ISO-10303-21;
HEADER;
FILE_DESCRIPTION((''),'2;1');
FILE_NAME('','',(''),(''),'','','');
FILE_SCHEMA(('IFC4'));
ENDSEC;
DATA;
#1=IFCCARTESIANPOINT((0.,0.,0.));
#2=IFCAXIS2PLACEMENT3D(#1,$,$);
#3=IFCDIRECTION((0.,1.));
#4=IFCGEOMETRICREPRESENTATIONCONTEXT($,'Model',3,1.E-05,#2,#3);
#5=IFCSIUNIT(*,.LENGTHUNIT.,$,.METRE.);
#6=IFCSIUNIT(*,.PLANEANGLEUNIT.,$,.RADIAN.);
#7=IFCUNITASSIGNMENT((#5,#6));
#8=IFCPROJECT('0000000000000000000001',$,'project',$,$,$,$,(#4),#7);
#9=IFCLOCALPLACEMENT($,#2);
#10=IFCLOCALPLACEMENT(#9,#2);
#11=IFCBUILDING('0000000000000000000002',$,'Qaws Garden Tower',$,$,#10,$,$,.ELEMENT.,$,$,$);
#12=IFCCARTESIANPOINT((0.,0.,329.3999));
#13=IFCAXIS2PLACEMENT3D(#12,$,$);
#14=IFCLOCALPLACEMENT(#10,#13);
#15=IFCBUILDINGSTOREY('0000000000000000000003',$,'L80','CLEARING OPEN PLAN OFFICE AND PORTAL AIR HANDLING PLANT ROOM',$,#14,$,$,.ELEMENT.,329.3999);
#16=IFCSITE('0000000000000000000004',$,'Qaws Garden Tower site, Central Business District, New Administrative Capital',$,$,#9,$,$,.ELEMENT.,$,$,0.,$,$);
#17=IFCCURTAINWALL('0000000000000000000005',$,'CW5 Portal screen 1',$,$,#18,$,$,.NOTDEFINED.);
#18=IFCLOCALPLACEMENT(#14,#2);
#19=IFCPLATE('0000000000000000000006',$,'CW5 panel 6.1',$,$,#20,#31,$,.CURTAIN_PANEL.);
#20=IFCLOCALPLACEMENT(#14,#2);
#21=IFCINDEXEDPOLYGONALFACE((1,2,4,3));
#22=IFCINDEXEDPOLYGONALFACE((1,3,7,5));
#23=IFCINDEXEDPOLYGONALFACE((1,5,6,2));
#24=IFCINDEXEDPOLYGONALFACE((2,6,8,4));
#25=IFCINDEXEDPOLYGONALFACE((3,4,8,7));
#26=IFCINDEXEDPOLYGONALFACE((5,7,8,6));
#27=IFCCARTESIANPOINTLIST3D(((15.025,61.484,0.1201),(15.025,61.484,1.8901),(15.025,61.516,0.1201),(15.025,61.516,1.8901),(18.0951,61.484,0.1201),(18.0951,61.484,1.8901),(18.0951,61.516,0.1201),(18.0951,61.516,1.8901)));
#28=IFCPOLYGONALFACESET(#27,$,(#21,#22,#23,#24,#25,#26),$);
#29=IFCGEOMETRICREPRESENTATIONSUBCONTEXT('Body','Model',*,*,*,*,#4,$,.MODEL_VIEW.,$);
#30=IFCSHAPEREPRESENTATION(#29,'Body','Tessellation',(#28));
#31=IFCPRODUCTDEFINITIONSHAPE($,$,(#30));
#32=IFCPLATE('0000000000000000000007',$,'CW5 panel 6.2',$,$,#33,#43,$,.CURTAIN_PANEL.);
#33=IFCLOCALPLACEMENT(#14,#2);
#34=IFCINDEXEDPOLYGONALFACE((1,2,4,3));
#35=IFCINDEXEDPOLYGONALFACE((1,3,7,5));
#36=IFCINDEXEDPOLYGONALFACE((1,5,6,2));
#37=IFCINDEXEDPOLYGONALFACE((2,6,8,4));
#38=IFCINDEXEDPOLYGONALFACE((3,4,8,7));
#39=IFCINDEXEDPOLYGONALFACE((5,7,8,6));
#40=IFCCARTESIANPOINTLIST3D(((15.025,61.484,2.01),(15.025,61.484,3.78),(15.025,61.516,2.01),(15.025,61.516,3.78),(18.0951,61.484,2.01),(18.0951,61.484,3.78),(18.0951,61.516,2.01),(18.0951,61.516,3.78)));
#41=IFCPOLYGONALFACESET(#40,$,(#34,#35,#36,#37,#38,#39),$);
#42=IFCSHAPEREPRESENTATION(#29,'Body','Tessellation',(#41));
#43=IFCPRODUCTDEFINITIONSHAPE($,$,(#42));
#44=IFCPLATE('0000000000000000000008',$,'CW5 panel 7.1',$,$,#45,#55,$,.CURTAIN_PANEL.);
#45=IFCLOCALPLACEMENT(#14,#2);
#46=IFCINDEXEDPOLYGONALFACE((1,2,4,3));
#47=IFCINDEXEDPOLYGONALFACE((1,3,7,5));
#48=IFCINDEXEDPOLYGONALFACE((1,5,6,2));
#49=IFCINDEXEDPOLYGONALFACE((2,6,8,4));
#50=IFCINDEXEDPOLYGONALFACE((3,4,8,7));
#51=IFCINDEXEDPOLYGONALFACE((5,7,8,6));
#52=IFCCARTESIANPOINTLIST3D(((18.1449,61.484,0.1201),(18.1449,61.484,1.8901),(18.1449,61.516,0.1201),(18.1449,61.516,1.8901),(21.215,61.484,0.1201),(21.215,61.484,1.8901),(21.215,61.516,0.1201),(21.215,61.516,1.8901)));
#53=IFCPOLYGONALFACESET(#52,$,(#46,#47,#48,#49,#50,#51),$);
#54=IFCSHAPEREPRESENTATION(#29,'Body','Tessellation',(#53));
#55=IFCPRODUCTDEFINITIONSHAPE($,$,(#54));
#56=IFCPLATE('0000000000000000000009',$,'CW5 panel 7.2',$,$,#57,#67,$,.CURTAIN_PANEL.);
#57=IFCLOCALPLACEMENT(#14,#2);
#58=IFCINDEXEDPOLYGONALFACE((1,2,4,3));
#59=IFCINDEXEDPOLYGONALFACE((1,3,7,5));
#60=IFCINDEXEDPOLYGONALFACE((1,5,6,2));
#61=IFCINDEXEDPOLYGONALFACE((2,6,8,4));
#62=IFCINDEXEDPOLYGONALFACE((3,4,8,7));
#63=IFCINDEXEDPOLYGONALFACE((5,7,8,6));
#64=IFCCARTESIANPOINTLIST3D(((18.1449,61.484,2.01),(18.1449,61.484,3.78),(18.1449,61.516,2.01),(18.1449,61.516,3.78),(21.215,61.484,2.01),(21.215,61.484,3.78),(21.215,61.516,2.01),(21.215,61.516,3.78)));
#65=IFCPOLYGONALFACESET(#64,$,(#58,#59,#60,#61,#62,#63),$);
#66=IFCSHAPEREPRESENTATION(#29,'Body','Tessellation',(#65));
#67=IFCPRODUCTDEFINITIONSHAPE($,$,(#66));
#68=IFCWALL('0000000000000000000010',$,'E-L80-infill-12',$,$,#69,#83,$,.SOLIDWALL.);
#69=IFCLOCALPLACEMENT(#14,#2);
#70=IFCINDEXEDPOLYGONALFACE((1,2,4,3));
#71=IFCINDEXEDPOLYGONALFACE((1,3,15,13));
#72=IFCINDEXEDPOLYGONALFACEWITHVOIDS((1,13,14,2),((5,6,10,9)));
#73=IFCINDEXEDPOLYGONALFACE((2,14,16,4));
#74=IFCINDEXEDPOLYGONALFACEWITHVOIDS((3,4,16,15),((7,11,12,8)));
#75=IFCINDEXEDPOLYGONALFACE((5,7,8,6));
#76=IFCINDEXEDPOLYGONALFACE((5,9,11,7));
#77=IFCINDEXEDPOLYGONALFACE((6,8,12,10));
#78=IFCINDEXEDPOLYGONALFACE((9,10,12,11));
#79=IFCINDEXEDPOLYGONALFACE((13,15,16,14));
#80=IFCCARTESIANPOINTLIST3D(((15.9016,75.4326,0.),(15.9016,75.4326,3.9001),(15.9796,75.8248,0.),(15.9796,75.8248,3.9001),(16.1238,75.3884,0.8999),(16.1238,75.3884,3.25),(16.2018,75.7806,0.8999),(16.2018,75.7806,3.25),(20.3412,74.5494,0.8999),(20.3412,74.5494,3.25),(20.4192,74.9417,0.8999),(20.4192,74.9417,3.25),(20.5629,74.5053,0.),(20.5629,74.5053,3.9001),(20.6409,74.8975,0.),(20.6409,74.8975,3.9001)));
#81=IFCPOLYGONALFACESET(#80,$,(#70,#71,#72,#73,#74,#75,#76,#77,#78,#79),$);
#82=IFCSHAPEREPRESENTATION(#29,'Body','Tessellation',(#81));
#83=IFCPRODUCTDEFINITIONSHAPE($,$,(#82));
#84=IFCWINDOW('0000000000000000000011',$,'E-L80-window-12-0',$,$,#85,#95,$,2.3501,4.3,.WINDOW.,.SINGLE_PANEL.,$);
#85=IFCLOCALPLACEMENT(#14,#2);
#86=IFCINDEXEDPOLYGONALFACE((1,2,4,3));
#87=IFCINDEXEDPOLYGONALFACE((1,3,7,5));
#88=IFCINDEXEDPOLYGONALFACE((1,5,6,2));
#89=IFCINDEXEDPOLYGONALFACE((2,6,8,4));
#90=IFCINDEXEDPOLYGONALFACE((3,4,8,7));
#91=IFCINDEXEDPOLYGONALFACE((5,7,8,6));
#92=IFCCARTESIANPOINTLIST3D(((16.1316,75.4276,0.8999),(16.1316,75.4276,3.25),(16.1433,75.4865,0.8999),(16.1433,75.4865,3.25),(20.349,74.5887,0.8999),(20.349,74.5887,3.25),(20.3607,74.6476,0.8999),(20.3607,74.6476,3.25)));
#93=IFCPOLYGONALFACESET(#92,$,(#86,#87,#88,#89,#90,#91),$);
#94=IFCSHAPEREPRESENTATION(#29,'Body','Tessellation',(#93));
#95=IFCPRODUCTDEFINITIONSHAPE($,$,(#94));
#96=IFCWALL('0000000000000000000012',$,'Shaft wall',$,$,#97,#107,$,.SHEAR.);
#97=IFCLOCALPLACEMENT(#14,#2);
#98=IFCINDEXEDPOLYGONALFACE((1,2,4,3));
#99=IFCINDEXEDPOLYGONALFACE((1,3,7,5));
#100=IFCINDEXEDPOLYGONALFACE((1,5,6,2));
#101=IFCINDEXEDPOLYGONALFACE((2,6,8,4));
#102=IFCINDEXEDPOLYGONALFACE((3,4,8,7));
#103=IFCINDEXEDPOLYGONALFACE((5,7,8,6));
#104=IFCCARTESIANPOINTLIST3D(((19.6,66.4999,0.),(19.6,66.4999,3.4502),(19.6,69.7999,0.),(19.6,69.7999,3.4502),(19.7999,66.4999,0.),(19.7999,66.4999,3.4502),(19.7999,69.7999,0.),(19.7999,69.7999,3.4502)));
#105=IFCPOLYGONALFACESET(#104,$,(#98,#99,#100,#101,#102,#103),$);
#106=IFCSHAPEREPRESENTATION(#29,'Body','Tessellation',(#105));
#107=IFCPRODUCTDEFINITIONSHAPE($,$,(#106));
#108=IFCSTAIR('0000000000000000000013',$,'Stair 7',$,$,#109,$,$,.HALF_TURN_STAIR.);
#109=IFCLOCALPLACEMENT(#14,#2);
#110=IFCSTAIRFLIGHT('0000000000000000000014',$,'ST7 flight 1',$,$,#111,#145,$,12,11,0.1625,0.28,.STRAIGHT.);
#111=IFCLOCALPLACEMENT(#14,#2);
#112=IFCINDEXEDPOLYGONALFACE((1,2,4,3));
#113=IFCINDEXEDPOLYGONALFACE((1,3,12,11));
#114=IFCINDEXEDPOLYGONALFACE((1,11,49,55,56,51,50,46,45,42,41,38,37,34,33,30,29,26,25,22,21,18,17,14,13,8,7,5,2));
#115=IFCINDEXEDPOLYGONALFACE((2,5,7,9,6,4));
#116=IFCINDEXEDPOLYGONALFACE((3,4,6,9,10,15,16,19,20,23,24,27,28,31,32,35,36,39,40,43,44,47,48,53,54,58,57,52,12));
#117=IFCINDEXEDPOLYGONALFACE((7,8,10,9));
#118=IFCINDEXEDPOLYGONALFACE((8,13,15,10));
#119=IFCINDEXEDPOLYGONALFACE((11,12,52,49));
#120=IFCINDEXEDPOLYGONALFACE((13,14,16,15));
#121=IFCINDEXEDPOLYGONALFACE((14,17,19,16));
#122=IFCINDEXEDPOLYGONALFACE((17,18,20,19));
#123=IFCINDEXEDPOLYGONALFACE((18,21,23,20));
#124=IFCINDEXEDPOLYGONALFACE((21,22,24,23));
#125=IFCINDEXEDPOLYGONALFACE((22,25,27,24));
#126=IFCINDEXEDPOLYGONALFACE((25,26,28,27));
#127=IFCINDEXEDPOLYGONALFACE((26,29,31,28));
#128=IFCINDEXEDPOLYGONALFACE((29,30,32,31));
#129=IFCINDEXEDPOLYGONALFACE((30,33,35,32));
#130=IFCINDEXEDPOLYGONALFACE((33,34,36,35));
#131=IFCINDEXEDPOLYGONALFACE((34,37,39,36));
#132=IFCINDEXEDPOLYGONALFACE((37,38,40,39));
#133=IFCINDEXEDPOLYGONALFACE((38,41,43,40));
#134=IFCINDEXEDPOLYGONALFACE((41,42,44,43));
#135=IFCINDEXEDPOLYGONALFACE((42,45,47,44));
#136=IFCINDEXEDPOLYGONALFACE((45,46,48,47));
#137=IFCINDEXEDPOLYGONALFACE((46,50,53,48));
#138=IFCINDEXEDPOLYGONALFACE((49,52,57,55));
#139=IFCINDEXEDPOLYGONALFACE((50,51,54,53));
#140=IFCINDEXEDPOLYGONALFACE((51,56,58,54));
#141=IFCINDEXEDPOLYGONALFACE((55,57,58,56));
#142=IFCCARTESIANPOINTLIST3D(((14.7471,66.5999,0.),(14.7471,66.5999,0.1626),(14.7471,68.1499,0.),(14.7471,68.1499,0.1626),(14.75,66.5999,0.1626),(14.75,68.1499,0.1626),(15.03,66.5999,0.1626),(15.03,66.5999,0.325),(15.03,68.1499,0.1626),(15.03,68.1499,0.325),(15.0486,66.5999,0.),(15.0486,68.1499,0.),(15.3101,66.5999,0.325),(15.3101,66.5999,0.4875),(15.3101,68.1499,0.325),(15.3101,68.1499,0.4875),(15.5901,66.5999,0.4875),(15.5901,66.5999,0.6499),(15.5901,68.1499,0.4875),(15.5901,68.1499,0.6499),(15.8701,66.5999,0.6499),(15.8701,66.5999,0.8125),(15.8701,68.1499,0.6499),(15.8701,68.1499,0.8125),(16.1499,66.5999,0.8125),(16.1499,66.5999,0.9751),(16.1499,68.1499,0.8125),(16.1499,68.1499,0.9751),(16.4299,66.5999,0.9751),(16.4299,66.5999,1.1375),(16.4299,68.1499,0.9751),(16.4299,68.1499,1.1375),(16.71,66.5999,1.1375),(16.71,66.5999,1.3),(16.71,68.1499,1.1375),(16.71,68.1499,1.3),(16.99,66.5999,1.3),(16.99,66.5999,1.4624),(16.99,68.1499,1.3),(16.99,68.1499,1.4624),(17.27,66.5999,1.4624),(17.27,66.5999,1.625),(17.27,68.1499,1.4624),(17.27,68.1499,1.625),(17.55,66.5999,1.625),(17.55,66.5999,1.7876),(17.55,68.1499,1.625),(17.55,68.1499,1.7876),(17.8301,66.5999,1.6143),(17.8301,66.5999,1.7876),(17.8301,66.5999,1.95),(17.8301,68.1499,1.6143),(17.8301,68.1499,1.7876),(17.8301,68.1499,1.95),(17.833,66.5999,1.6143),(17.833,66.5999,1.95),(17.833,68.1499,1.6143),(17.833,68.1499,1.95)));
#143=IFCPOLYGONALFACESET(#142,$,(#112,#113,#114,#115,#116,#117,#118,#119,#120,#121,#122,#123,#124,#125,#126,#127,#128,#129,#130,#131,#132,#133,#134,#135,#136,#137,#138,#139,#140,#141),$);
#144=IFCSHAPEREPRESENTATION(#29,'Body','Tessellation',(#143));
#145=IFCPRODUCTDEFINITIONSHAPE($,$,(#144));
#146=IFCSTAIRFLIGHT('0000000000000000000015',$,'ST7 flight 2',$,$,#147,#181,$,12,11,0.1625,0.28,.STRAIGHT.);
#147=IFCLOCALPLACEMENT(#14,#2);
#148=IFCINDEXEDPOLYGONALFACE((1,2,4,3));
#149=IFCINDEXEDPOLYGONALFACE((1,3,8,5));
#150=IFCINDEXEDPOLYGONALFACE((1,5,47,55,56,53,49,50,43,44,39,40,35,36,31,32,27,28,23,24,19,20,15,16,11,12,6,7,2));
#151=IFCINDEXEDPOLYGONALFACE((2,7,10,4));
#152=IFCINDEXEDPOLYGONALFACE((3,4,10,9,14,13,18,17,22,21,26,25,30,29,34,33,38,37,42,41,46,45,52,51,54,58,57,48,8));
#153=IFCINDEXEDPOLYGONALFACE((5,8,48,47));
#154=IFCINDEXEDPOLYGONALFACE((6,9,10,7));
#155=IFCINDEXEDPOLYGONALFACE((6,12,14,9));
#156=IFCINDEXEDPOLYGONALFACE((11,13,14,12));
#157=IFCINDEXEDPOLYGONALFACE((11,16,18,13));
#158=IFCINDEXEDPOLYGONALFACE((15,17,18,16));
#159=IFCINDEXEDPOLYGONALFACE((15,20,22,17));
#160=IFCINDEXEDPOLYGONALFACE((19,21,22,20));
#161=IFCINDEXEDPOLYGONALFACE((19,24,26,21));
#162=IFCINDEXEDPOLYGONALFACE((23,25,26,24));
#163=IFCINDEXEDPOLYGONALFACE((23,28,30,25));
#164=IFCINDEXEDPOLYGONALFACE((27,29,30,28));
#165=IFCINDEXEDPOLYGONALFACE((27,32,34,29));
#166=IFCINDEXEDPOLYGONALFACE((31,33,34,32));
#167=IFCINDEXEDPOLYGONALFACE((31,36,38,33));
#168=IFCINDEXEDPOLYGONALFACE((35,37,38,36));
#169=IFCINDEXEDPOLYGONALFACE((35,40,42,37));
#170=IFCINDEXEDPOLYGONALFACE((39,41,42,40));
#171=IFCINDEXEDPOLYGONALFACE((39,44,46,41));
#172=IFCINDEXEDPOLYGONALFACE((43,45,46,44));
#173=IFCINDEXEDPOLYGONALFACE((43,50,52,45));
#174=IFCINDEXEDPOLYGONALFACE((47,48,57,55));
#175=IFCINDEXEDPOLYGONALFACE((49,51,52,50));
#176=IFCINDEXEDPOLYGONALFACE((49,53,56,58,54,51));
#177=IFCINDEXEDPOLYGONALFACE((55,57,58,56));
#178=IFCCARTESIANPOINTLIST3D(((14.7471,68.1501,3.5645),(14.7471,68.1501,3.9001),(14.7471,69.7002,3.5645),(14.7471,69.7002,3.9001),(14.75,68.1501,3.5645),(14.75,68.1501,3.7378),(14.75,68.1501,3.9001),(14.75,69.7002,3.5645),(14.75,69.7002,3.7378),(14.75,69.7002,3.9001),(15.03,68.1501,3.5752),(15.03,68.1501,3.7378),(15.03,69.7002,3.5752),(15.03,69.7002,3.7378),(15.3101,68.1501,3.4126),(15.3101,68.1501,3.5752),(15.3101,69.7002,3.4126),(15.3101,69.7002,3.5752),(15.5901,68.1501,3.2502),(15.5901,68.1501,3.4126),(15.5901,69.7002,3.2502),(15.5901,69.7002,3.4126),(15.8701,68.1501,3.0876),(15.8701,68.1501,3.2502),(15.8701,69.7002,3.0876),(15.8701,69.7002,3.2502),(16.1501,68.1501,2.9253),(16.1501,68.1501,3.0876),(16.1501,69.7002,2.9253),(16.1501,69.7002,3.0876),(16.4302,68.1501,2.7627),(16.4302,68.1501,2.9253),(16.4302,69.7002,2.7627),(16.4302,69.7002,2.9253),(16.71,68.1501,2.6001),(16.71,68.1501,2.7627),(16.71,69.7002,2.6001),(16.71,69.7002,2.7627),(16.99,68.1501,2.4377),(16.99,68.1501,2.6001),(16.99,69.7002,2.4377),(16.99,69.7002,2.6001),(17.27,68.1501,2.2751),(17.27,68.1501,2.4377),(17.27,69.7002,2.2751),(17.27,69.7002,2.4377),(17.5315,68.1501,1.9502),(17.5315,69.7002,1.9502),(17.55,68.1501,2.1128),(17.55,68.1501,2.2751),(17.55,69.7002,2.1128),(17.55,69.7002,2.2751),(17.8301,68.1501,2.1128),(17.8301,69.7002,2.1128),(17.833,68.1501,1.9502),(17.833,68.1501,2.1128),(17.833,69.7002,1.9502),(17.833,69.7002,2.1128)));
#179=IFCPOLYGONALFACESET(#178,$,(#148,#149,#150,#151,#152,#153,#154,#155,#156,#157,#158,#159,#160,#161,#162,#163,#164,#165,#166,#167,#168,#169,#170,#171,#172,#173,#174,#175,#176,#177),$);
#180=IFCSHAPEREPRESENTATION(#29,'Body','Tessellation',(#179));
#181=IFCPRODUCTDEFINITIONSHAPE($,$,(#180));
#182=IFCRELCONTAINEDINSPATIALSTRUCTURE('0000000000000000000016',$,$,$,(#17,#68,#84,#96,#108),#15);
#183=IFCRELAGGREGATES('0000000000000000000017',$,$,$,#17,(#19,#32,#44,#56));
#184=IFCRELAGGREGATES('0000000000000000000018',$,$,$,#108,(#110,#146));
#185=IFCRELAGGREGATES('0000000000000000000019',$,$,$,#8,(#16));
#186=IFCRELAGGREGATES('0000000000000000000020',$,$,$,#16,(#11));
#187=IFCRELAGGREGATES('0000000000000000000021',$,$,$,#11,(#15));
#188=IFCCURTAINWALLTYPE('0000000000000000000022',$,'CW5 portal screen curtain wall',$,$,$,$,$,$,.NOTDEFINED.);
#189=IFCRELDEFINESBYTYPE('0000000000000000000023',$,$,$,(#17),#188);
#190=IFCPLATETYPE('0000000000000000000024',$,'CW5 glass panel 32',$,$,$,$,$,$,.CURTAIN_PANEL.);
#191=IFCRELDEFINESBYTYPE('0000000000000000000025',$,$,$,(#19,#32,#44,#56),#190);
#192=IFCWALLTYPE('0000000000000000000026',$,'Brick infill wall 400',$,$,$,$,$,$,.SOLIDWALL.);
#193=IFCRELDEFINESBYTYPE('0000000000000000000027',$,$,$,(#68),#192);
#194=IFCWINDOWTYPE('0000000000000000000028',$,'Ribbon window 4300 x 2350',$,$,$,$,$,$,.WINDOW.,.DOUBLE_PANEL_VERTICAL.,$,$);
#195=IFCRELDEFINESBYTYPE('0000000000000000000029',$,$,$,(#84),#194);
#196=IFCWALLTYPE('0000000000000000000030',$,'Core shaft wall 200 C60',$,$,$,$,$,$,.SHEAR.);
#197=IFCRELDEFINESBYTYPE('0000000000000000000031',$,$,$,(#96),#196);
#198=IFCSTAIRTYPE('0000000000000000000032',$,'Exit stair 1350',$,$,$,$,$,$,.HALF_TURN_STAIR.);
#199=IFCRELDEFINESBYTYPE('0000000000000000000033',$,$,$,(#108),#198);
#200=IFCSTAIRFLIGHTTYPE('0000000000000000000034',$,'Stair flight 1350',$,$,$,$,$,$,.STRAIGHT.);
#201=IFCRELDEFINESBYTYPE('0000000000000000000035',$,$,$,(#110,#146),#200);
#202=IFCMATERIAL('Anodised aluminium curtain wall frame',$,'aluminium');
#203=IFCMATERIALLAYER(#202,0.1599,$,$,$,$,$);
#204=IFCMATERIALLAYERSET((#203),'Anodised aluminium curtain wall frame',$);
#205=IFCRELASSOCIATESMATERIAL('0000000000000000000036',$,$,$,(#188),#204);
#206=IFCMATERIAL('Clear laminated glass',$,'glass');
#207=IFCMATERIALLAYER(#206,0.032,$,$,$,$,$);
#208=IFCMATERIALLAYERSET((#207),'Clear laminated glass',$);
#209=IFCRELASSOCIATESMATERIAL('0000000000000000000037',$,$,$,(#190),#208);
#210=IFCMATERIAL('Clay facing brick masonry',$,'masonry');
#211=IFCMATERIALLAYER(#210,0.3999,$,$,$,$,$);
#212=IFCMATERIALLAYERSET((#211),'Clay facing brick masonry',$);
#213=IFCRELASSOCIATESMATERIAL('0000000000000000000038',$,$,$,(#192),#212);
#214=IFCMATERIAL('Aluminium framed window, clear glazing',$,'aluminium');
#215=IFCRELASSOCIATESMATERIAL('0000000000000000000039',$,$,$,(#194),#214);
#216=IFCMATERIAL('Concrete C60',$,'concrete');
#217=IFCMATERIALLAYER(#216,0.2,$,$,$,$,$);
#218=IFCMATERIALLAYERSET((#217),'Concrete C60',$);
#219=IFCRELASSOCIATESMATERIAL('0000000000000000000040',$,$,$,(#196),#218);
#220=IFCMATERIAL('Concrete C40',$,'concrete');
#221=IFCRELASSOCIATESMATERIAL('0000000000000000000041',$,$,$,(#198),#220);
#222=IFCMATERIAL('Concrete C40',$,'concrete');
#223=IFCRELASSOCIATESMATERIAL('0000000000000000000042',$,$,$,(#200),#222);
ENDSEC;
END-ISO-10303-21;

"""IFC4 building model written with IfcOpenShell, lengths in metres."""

from ifc_helpers import new_model, si_unit, direction, frame, frame_2d, origin, origin_2d, place, context, subcontext, project, spatial, polyline, rectangle, outline, extrude, material, layer, layer_set, type_object, element, fill, aggregate, save


model = new_model("IFC4")

# Units and contexts
model_context = context("Model", 3, precision=1e-05, world=origin(), true_north=direction((0.0, 1.0)))
body_context = subcontext(model_context, "Body", "Model", "MODEL_VIEW")
ifc_project = project(units=[si_unit("LENGTHUNIT", "METRE"), si_unit("PLANEANGLEUNIT", "RADIAN")], contexts=[model_context])

# Site, building, storey
site_placement = place(None, origin())
site = spatial("IfcSite", under=ifc_project, at=site_placement, Name="Qaws Garden Tower site, Central Business District, New Administrative Capital", CompositionType="ELEMENT", RefElevation=0.0)
building_placement = place(site_placement, origin())
building = spatial("IfcBuilding", under=site, at=building_placement, Name="Qaws Garden Tower", CompositionType="ELEMENT")
storey_placement = place(building_placement, frame((0.0, 0.0, 329.3999)))
storey = spatial("IfcBuildingStorey", under=building, at=storey_placement, Name="L80", Description="CLEARING OPEN PLAN OFFICE AND PORTAL AIR HANDLING PLANT ROOM", CompositionType="ELEMENT", Elevation=329.3999)

# Curtain wall
ifc_material_1 = material(Name="Anodised aluminium curtain wall frame", Category="aluminium")
ifc_layer_1 = layer(ifc_material_1, 0.1599)
ifc_layer_set_1 = layer_set([ifc_layer_1], Name="Anodised aluminium curtain wall frame")
curtain_wall_type = type_object("IfcCurtainWallType", Name="CW5 portal screen curtain wall", PredefinedType="NOTDEFINED", material=ifc_layer_set_1)
placement = place(storey_placement, origin())
curtain_wall = element("IfcCurtainWall", 1, at=placement, inside=storey, type_object=curtain_wall_type, Name="CW5 Portal screen 1", PredefinedType="NOTDEFINED")

# Plates
ifc_material_2 = material(Name="Clear laminated glass", Category="glass")
ifc_layer_2 = layer(ifc_material_2, 0.032)
ifc_layer_set_2 = layer_set([ifc_layer_2], Name="Clear laminated glass")
plate_type = type_object("IfcPlateType", Name="CW5 glass panel 32", PredefinedType="CURTAIN_PANEL", material=ifc_layer_set_2)
plate_1_placement = place(storey_placement, frame((16.5601, 61.5, 0.1201), z_axis=(0.0, 0.0, 1.0), x_axis=(1.0, 0.0, 0.0)))
plate_1 = element("IfcPlate", 2, at=plate_1_placement, type_object=plate_type, Name="CW5 panel 6.1", PredefinedType="CURTAIN_PANEL", context=body_context, shape_type="SweptSolid", body=[
    extrude(rectangle(XDim=3.0701, YDim=0.032, at=origin_2d()), origin(), (0.0, 0.0, 1.0), 1.77),
])
plate_2_placement = place(storey_placement, frame((16.5601, 61.5, 2.01), z_axis=(0.0, 0.0, 1.0), x_axis=(1.0, 0.0, 0.0)))
plate_2 = element("IfcPlate", 3, at=plate_2_placement, type_object=plate_type, Name="CW5 panel 6.2", PredefinedType="CURTAIN_PANEL", context=body_context, shape_type="SweptSolid", body=[
    extrude(rectangle(XDim=3.0701, YDim=0.032, at=origin_2d()), origin(), (0.0, 0.0, 1.0), 1.77),
])
plate_3_placement = place(storey_placement, frame((19.6799, 61.5, 0.1201), z_axis=(0.0, 0.0, 1.0), x_axis=(1.0, 0.0, 0.0)))
plate_3 = element("IfcPlate", 4, at=plate_3_placement, type_object=plate_type, Name="CW5 panel 7.1", PredefinedType="CURTAIN_PANEL", context=body_context, shape_type="SweptSolid", body=[
    extrude(rectangle(XDim=3.0701, YDim=0.032, at=origin_2d()), origin(), (0.0, 0.0, 1.0), 1.77),
])
plate_4_placement = place(storey_placement, frame((19.6799, 61.5, 2.01), z_axis=(0.0, 0.0, 1.0), x_axis=(1.0, 0.0, 0.0)))
plate_4 = element("IfcPlate", 5, at=plate_4_placement, type_object=plate_type, Name="CW5 panel 7.2", PredefinedType="CURTAIN_PANEL", context=body_context, shape_type="SweptSolid", body=[
    extrude(rectangle(XDim=3.0701, YDim=0.032, at=origin_2d()), origin(), (0.0, 0.0, 1.0), 1.77),
])
aggregate(curtain_wall, [plate_1, plate_2, plate_3, plate_4])

# Wall, opening, window
ifc_material_3 = material(Name="Clay facing brick masonry", Category="masonry")
ifc_layer_3 = layer(ifc_material_3, 0.3999)
ifc_layer_set_3 = layer_set([ifc_layer_3], Name="Clay facing brick masonry")
wall_type_1 = type_object("IfcWallType", Name="Brick infill wall 400", PredefinedType="SOLIDWALL", material=ifc_layer_set_3)
wall_1_placement = place(storey_placement, frame((20.6021, 74.7014, 0.0), z_axis=(0.0, 0.0, 1.0), x_axis=(-0.980784, 0.195099, 0.0)))
wall_1 = element("IfcWall", 6, at=wall_1_placement, inside=storey, type_object=wall_type_1, Name="E-L80-infill-12", PredefinedType="SOLIDWALL", context=body_context, shape_type="SweptSolid", body=[
    extrude(rectangle(XDim=4.7527, YDim=0.3999, at=frame_2d((2.3765, 0.0))), origin(), (0.0, 0.0, 1.0), 3.9001),
])
opening_placement = place(wall_1_placement, frame((0.2263, 0.0, 0.8999)))
opening = element("IfcOpeningElement", 7, at=opening_placement, cuts=wall_1, PredefinedType="OPENING", context=body_context, shape_type="SweptSolid", body=[
    extrude(rectangle(XDim=4.3, YDim=2.3501, at=frame_2d((2.1499, 1.175))), frame((0.0, 0.21, 0.0), z_axis=(0.0, -1.0, 0.0), x_axis=(1.0, 0.0, 0.0)), (0.0, 0.0, 1.0), 0.4199),
])
ifc_material_4 = material(Name="Aluminium framed window, clear glazing", Category="aluminium")
window_type = type_object("IfcWindowType", Name="Ribbon window 4300 x 2350", PartitioningType="DOUBLE_PANEL_VERTICAL", PredefinedType="WINDOW", material=ifc_material_4)
window_placement = place(opening_placement, origin())
window = element("IfcWindow", 8, at=window_placement, inside=storey, type_object=window_type, Name="E-L80-window-12-0", OverallHeight=2.3501, OverallWidth=4.3, PartitioningType="SINGLE_PANEL", PredefinedType="WINDOW", context=body_context, shape_type="SweptSolid", body=[
    extrude(rectangle(XDim=4.3, YDim=2.3501, at=frame_2d((2.1499, 1.175))), frame((0.0, 0.1599, 0.0), z_axis=(0.0, -1.0, 0.0), x_axis=(1.0, 0.0, 0.0)), (0.0, 0.0, 1.0), 0.0601),
])
fill(opening, window)

# Wall
ifc_material_5 = material(Name="Concrete C60", Category="concrete")
ifc_layer_4 = layer(ifc_material_5, 0.2)
ifc_layer_set_4 = layer_set([ifc_layer_4], Name="Concrete C60")
wall_type_2 = type_object("IfcWallType", Name="Core shaft wall 200 C60", PredefinedType="SHEAR", material=ifc_layer_set_4)
wall_2_placement = place(storey_placement, frame((19.7, 66.5, 0.0), z_axis=(0.0, 0.0, 1.0), x_axis=(0.0, 1.0, 0.0)))
element("IfcWall", 9, at=wall_2_placement, inside=storey, type_object=wall_type_2, Name="Shaft wall", PredefinedType="SHEAR", context=body_context, shape_type="SweptSolid", body=[
    extrude(rectangle(XDim=3.3, YDim=0.2, at=frame_2d((1.6499, 0.0))), origin(), (0.0, 0.0, 1.0), 3.4502),
])

# Stair, stair flights
ifc_material_6 = material(Name="Concrete C40", Category="concrete")
stair_type = type_object("IfcStairType", Name="Exit stair 1350", PredefinedType="HALF_TURN_STAIR", material=ifc_material_6)
stair = element("IfcStair", 10, at=placement, inside=storey, type_object=stair_type, Name="Stair 7", PredefinedType="HALF_TURN_STAIR")
ifc_material_7 = material(Name="Concrete C40", Category="concrete")
stair_flight_type = type_object("IfcStairFlightType", Name="Stair flight 1350", PredefinedType="STRAIGHT", material=ifc_material_7)
stair_flight_1_placement = place(storey_placement, frame((14.75, 67.375, 0.0), z_axis=(0.0, 0.0, 1.0), x_axis=(1.0, 0.0, 0.0)))
stair_flight_1 = element("IfcStairFlight", 11, at=stair_flight_1_placement, type_object=stair_flight_type, Name="ST7 flight 1", NumberOfRisers=12, NumberOfTreads=11, PredefinedType="STRAIGHT", RiserHeight=0.1625, TreadLength=0.28, context=body_context, shape_type="SweptSolid", body=[
    extrude(outline(polyline([(-0.0029, 0.0), (-0.0029, 0.1626), (0.0, 0.1626), (0.28, 0.1626), (0.28, 0.325), (0.5601, 0.325), (0.5601, 0.4875), (0.8401, 0.4875), (0.8401, 0.6499), (1.1201, 0.6499), (1.1201, 0.8125), (1.3999, 0.8125), (1.3999, 0.9751), (1.6799, 0.9751), (1.6799, 1.1375), (1.96, 1.1375), (1.96, 1.3), (2.24, 1.3), (2.24, 1.4624), (2.52, 1.4624), (2.52, 1.625), (2.8, 1.625), (2.8, 1.7876), (3.0801, 1.7876), (3.0801, 1.95), (3.083, 1.95), (3.083, 1.6143), (3.0801, 1.6143), (0.2986, 0.0), (-0.0029, 0.0)])), frame((0.0, 0.7749, 0.0), z_axis=(0.0, -1.0, 0.0), x_axis=(1.0, 0.0, 0.0)), (0.0, 0.0, 1.0), 1.55),
])
stair_flight_2_placement = place(storey_placement, frame((17.8301, 68.925, 1.9502), z_axis=(0.0, 0.0, 1.0), x_axis=(-1.0, 0.0, 0.0)))
stair_flight_2 = element("IfcStairFlight", 12, at=stair_flight_2_placement, type_object=stair_flight_type, Name="ST7 flight 2", NumberOfRisers=12, NumberOfTreads=11, PredefinedType="STRAIGHT", RiserHeight=0.1625, TreadLength=0.28, context=body_context, shape_type="SweptSolid", body=[
    extrude(outline(polyline([(-0.0029, 0.0), (-0.0029, 0.1626), (0.0, 0.1626), (0.28, 0.1626), (0.28, 0.325), (0.5601, 0.325), (0.5601, 0.4875), (0.8401, 0.4875), (0.8401, 0.6499), (1.1201, 0.6499), (1.1201, 0.8125), (1.3999, 0.8125), (1.3999, 0.9751), (1.6799, 0.9751), (1.6799, 1.1375), (1.96, 1.1375), (1.96, 1.3), (2.24, 1.3), (2.24, 1.4624), (2.52, 1.4624), (2.52, 1.625), (2.8, 1.625), (2.8, 1.7876), (3.0801, 1.7876), (3.0801, 1.95), (3.083, 1.95), (3.083, 1.6143), (3.0801, 1.6143), (0.2986, 0.0), (-0.0029, 0.0)])), frame((0.0, 0.7749, 0.0), z_axis=(0.0, -1.0, 0.0), x_axis=(1.0, 0.0, 0.0)), (0.0, 0.0, 1.0), 1.55),
])
aggregate(stair, [stair_flight_1, stair_flight_2])

save(model, "model.ifc")
